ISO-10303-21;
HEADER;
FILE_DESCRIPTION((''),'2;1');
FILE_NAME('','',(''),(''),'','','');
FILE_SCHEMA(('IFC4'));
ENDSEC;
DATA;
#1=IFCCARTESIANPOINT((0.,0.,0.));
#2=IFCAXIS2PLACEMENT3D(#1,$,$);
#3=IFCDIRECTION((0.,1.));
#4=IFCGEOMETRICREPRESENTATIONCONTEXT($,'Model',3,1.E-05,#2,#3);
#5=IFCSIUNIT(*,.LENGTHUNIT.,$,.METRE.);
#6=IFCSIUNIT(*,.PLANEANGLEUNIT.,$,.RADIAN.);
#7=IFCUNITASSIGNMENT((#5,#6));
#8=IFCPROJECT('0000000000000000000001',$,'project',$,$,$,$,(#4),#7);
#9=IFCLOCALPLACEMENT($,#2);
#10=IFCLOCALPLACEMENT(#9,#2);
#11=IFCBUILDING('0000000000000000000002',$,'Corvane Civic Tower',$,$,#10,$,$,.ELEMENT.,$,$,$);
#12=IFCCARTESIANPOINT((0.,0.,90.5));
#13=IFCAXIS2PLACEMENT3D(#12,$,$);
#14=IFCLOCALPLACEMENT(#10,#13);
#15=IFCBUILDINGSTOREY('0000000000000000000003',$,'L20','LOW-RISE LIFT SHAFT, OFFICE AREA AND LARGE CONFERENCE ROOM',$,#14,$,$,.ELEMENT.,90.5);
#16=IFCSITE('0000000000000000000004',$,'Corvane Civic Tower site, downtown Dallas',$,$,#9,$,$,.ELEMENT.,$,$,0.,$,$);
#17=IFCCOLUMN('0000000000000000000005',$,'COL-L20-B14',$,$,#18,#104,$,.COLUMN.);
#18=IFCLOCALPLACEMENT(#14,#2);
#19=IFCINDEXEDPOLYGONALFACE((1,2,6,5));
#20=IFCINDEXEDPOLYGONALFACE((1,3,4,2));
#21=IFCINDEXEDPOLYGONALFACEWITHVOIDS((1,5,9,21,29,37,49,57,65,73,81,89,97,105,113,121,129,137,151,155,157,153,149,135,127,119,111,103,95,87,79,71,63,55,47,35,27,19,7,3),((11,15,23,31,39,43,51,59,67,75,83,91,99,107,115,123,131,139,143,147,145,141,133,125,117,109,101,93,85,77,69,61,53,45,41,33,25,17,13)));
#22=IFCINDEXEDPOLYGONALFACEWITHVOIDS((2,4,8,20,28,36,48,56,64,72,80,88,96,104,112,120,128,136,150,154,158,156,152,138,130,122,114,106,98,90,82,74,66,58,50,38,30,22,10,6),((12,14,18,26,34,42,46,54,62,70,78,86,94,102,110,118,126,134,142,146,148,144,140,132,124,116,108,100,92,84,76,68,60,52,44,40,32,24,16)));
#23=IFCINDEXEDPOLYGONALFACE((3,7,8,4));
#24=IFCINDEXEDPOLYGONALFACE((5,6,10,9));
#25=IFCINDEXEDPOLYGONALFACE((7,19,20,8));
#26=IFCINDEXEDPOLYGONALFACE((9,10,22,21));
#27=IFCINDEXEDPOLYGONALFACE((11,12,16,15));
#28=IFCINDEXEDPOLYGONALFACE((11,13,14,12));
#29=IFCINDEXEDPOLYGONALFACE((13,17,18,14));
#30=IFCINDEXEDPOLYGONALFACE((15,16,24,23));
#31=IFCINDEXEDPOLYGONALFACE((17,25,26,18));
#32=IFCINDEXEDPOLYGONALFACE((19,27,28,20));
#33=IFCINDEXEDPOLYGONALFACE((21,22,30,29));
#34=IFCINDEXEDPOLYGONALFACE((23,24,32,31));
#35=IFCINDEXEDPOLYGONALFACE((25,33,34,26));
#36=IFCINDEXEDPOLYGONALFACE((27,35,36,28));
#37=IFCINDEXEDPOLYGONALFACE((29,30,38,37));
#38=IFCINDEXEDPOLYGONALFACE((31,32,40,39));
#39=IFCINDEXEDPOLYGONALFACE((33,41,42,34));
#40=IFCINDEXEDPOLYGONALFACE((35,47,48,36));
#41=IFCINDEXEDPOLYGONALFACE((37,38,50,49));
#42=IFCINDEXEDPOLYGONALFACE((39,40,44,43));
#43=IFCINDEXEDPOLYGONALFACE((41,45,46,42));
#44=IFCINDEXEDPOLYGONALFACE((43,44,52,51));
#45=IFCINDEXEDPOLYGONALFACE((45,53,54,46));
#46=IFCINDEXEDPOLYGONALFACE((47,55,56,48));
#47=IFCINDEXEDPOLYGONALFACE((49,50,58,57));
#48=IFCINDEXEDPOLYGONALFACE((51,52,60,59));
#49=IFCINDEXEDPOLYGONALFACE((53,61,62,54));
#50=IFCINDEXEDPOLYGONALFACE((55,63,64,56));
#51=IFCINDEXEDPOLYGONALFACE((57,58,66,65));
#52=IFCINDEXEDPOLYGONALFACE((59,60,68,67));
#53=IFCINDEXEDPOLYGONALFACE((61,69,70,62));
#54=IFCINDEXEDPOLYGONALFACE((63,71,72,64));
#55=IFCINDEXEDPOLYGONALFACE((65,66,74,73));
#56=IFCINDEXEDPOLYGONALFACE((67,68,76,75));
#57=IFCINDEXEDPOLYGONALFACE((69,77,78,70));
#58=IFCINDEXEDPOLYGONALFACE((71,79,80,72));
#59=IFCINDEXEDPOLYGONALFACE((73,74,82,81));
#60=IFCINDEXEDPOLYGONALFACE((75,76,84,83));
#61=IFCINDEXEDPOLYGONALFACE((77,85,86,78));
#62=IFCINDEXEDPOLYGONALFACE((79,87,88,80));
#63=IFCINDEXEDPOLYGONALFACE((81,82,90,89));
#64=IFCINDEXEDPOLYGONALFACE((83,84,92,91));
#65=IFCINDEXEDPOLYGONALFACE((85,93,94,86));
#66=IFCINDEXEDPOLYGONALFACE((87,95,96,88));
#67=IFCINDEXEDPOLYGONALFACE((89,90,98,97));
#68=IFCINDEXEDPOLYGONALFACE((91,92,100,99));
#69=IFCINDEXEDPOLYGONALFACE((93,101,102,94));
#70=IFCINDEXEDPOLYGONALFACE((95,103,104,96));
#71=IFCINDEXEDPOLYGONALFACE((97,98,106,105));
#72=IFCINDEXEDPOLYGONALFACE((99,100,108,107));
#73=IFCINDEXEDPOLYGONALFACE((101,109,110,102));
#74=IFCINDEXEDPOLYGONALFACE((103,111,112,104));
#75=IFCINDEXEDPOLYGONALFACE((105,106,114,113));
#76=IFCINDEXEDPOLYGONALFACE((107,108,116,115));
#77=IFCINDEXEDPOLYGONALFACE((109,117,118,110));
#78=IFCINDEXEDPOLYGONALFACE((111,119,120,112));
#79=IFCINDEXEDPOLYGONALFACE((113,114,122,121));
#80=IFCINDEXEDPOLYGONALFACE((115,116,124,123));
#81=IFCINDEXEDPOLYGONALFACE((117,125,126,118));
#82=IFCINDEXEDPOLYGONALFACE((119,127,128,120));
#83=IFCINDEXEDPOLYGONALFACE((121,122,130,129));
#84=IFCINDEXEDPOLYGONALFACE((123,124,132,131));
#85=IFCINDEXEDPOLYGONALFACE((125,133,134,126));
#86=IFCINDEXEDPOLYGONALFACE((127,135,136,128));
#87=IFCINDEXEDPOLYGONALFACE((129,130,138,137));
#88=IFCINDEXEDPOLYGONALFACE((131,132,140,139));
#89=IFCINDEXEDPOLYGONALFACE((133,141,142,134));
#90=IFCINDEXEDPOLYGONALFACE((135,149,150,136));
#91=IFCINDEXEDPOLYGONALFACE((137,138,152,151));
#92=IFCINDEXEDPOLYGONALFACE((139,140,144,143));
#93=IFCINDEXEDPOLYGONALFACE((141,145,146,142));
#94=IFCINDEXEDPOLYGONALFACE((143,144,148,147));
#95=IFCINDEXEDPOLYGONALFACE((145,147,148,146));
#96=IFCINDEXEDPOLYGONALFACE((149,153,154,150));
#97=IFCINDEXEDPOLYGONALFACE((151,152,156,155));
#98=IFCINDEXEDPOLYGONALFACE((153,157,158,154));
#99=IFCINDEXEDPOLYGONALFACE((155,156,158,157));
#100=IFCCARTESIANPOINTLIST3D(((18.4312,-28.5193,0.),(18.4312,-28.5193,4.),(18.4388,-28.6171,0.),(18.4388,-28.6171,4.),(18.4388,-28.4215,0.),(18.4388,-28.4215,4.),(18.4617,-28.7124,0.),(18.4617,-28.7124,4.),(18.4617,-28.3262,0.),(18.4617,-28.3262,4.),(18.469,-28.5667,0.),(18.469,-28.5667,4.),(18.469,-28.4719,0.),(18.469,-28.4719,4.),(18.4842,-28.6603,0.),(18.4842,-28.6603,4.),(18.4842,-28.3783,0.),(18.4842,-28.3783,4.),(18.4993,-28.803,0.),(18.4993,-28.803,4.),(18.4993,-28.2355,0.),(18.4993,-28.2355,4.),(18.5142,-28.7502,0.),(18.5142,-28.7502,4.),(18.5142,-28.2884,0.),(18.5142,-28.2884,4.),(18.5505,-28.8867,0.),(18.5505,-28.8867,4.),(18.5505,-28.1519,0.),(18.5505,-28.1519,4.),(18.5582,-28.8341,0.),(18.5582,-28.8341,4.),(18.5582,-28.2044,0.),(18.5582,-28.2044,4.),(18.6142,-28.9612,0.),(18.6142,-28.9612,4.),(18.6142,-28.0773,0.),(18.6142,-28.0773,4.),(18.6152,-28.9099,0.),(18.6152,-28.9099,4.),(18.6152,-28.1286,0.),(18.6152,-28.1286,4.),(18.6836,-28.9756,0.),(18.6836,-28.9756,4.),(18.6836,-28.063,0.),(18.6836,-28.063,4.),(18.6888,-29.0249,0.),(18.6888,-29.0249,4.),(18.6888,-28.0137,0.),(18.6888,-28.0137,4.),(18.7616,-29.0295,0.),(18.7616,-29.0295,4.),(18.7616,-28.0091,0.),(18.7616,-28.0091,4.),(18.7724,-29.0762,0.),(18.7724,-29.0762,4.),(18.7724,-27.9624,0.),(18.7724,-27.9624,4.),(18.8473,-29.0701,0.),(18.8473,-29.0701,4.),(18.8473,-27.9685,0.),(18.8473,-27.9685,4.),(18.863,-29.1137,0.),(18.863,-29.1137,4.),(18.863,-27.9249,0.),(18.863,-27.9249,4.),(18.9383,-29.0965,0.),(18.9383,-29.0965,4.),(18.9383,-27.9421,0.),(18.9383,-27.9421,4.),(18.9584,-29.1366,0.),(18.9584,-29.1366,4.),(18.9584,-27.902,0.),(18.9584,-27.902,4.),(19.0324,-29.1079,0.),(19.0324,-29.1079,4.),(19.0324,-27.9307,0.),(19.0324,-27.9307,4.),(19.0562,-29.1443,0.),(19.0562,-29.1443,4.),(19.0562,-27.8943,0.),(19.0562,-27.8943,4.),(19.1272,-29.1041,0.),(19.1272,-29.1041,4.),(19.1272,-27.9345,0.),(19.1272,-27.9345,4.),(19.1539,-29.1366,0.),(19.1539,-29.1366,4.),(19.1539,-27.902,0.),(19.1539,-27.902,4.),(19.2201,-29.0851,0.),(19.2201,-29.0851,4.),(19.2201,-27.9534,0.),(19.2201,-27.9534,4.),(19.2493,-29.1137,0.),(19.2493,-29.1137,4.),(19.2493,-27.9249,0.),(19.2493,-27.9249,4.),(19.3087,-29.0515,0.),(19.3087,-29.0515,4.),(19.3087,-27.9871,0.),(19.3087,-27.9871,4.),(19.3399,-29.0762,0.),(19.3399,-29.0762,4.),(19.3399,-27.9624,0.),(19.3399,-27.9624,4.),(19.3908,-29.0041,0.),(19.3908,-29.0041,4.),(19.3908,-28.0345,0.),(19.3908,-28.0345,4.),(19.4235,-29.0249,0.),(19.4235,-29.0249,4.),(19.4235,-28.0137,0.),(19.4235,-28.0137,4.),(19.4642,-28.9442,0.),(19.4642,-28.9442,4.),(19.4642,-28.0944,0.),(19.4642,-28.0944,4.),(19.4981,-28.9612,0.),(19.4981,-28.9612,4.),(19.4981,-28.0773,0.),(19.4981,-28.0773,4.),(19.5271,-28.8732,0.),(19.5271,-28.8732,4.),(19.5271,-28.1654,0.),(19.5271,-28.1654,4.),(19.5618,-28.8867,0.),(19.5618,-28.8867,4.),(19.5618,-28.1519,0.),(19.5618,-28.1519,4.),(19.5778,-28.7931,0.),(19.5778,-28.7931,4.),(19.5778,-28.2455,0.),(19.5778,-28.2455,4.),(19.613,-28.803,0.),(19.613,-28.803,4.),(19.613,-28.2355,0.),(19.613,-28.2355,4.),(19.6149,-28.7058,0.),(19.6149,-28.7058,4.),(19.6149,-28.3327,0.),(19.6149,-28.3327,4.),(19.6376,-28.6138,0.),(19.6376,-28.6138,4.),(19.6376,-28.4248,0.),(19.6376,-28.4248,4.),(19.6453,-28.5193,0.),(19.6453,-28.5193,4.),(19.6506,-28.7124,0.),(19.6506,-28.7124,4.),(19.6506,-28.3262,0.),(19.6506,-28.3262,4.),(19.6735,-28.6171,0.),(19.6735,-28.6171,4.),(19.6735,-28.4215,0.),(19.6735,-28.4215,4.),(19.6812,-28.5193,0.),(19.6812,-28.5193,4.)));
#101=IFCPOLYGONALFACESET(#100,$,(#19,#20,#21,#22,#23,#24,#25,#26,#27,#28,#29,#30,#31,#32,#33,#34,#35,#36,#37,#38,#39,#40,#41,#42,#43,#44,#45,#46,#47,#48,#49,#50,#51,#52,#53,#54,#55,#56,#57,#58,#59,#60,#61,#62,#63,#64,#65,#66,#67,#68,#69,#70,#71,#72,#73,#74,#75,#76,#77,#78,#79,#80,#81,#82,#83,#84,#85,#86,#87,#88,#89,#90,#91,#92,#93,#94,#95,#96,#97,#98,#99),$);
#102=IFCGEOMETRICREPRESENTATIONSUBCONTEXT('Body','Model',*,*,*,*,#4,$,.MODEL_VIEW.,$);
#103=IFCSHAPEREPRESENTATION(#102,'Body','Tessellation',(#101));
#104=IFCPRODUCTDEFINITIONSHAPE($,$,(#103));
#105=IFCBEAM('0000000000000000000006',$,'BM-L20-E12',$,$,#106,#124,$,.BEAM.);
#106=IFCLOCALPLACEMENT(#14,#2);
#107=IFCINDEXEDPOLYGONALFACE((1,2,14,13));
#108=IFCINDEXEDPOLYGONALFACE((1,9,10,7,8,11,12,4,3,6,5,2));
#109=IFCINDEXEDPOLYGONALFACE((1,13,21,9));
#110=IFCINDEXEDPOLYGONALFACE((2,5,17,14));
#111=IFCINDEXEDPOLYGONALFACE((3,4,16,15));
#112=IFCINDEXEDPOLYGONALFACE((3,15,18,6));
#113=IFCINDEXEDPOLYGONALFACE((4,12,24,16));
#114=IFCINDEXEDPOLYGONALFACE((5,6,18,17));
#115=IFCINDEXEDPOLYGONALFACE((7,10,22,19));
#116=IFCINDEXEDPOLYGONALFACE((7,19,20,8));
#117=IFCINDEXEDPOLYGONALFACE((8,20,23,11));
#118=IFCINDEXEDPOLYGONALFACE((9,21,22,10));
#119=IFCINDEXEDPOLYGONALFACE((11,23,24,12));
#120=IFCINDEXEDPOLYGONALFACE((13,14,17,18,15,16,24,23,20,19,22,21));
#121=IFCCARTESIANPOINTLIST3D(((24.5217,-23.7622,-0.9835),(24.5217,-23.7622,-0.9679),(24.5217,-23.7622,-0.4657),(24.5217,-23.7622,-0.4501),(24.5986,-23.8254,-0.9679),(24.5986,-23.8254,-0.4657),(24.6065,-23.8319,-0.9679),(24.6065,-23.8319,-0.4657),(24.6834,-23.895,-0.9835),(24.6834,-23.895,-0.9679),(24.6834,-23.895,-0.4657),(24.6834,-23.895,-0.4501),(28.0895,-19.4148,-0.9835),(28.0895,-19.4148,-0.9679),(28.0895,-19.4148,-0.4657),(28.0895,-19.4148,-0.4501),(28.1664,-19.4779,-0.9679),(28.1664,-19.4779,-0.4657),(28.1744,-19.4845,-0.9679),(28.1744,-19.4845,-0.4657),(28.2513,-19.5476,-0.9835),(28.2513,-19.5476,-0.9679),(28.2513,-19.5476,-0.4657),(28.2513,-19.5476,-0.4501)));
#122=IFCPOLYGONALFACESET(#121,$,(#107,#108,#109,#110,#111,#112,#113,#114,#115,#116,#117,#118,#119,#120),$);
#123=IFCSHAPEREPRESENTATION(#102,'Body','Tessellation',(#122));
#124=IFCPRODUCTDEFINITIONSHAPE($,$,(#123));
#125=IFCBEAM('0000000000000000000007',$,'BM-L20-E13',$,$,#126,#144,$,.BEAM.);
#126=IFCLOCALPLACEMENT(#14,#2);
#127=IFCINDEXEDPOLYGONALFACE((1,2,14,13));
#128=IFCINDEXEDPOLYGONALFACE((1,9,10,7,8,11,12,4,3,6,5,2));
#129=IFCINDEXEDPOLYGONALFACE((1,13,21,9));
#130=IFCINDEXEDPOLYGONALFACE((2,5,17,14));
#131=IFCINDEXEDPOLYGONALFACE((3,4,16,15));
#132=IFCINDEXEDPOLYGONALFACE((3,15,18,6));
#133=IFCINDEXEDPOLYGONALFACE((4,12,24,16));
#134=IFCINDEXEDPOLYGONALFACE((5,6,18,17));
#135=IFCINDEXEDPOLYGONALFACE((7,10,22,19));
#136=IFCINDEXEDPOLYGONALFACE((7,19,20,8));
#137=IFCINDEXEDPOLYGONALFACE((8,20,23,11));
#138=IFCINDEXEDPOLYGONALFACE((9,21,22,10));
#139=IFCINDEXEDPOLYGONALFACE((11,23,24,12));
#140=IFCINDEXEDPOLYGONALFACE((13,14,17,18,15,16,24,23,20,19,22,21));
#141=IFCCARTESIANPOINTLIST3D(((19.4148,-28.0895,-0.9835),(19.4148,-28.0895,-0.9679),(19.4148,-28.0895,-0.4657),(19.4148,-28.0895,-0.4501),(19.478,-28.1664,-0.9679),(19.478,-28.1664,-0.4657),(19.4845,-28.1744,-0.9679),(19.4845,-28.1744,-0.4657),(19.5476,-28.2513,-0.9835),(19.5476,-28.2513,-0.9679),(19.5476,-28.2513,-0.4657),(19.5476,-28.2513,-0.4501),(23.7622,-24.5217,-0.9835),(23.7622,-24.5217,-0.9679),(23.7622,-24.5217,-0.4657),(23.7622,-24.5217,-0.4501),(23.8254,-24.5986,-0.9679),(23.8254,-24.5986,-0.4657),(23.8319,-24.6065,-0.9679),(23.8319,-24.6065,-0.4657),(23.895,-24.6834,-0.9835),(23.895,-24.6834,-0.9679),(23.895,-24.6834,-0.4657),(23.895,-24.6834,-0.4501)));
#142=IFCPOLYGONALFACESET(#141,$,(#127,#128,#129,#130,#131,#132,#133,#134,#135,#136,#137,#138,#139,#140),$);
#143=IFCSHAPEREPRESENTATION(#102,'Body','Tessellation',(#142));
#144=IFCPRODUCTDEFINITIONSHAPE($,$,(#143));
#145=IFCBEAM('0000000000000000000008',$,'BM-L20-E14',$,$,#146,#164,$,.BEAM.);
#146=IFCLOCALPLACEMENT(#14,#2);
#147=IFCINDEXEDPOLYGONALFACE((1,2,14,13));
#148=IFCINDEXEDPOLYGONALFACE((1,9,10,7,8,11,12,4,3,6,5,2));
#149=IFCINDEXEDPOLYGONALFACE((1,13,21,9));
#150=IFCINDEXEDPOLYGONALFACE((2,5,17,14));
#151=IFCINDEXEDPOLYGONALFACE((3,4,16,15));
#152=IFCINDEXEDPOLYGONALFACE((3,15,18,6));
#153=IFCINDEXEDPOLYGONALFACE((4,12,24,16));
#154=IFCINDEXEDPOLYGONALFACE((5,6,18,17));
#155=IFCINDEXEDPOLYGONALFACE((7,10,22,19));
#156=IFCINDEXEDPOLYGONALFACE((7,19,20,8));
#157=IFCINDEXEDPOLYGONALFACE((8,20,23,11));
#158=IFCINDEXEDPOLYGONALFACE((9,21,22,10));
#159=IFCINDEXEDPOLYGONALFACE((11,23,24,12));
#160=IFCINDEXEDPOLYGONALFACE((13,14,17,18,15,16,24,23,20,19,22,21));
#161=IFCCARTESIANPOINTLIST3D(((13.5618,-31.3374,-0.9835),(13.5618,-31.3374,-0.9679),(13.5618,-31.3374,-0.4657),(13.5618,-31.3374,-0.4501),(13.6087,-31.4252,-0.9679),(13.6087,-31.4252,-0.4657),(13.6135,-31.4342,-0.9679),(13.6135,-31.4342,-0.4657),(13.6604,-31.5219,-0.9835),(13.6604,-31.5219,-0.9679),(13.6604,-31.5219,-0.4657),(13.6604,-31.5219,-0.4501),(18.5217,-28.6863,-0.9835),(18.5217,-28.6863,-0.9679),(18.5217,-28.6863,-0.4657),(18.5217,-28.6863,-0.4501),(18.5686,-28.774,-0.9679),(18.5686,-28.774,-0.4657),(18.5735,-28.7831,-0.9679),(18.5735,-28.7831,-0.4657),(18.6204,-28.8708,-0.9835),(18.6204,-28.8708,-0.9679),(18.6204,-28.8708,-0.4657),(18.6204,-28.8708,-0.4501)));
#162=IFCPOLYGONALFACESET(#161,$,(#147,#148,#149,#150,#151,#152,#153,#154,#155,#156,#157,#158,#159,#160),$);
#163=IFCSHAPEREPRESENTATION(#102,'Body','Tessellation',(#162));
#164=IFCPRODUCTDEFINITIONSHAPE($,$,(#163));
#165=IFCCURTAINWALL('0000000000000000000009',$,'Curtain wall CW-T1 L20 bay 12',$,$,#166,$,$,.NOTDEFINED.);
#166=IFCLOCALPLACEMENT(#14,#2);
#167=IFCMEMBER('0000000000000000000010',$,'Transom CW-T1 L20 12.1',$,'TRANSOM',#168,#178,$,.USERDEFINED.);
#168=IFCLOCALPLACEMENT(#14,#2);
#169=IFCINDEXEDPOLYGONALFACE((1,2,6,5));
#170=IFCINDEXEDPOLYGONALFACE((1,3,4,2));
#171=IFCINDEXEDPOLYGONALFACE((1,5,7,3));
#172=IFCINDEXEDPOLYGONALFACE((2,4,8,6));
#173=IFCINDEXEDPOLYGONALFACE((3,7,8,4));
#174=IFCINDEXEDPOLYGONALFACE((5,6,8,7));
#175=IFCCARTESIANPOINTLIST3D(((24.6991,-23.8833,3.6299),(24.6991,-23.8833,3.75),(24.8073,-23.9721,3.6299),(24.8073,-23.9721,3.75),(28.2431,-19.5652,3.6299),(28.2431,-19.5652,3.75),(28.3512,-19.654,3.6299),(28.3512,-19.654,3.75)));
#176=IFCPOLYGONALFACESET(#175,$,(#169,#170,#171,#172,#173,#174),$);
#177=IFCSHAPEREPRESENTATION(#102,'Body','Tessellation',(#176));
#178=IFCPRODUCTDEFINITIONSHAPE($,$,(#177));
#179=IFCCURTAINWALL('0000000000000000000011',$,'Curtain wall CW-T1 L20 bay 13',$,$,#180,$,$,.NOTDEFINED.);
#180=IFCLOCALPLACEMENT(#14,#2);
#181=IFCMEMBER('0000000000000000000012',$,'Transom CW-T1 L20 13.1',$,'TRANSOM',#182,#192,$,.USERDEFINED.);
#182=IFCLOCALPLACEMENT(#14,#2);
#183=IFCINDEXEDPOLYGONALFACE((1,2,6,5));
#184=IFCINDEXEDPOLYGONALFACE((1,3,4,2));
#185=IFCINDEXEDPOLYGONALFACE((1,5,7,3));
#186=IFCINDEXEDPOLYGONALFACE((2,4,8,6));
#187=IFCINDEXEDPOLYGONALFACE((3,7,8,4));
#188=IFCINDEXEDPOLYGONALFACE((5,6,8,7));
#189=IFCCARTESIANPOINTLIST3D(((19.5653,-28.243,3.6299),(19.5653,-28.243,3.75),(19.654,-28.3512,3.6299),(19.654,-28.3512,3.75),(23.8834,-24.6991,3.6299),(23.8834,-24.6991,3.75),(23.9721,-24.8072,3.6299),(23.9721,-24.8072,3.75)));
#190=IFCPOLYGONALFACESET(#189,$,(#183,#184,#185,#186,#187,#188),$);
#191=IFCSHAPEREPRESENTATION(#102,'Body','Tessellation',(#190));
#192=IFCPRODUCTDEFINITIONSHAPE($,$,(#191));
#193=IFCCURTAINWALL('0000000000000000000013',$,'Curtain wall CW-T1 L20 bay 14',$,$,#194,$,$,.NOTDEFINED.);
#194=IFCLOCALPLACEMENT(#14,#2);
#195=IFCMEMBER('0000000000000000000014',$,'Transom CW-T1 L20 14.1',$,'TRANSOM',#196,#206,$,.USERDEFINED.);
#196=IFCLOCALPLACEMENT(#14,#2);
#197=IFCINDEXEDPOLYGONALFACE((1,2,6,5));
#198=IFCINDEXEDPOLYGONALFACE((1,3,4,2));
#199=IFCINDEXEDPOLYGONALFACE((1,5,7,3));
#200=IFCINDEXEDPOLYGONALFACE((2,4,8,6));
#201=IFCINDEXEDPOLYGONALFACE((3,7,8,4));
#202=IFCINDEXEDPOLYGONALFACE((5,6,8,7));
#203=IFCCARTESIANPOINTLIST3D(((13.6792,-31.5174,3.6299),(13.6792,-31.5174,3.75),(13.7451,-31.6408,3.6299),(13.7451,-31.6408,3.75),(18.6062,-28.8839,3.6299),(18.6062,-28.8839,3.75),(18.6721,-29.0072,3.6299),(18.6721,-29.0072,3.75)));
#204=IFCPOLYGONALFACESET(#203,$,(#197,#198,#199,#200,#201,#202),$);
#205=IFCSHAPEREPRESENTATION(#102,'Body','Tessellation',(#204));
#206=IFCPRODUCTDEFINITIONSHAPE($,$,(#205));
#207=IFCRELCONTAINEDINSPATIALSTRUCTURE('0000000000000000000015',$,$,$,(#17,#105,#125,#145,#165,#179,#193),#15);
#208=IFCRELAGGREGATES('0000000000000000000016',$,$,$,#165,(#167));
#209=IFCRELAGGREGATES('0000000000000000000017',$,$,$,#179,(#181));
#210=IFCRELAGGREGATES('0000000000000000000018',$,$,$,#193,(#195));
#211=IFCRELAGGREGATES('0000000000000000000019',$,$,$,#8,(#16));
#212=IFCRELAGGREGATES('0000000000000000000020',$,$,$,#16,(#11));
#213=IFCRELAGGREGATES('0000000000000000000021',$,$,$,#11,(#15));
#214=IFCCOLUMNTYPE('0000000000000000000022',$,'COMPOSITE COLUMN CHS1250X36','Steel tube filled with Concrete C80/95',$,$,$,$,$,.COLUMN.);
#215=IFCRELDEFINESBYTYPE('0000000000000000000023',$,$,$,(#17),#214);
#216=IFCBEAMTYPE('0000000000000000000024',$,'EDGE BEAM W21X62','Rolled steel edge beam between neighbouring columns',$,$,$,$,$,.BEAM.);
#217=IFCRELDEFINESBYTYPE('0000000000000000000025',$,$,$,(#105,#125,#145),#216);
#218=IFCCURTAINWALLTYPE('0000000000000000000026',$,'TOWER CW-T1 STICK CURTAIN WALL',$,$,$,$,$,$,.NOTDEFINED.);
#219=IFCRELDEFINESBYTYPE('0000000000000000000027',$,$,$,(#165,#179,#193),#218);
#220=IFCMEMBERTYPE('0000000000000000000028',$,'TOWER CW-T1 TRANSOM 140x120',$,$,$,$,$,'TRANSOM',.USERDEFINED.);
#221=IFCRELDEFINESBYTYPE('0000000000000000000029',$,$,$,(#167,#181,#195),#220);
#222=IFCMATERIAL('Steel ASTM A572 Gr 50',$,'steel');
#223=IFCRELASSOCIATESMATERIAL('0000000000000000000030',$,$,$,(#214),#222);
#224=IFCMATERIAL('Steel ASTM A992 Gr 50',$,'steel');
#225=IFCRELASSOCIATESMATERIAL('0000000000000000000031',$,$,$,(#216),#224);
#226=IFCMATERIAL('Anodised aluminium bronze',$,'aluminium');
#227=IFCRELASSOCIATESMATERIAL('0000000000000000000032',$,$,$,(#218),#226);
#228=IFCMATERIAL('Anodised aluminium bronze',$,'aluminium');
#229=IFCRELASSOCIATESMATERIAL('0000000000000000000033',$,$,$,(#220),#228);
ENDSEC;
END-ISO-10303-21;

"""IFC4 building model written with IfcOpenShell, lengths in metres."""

from ifc_helpers import new_model, si_unit, direction, frame, origin, origin_2d, place, context, subcontext, project, spatial, rectangle, hollow_circle, i_section, extrude, material, material_profile, profile_set, type_object, element, aggregate, save


model = new_model("IFC4")

# Units and contexts
model_context = context("Model", 3, precision=1e-05, world=origin(), true_north=direction((0.0, 1.0)))
body_context = subcontext(model_context, "Body", "Model", "MODEL_VIEW")
ifc_project = project(units=[si_unit("LENGTHUNIT", "METRE"), si_unit("PLANEANGLEUNIT", "RADIAN")], contexts=[model_context])

# Site, building, storey
site_placement = place(None, origin())
site = spatial("IfcSite", under=ifc_project, at=site_placement, Name="Corvane Civic Tower site, downtown Dallas", CompositionType="ELEMENT", RefElevation=0.0)
building_placement = place(site_placement, origin())
building = spatial("IfcBuilding", under=site, at=building_placement, Name="Corvane Civic Tower", CompositionType="ELEMENT")
storey_placement = place(building_placement, frame((0.0, 0.0, 90.5)))
storey = spatial("IfcBuildingStorey", under=building, at=storey_placement, Name="L20", Description="LOW-RISE LIFT SHAFT, OFFICE AREA AND LARGE CONFERENCE ROOM", CompositionType="ELEMENT", Elevation=90.5)

# Column
ifc_material_1 = material(Name="Steel ASTM A572 Gr 50", Category="steel")
ifc_material_profile_1 = material_profile(ifc_material_1, hollow_circle(Radius=0.625, WallThickness=0.0359, at=origin_2d()), Name="CHS1250X36")
ifc_profile_set_1 = profile_set([ifc_material_profile_1], Name="Steel ASTM A572 Gr 50")
column_type = type_object("IfcColumnType", Name="COMPOSITE COLUMN CHS1250X36", Description="Steel tube filled with Concrete C80/95", PredefinedType="COLUMN", material=ifc_profile_set_1)
for number, where, z_axis, x_axis, name in (
    (1, (19.0562, -28.5193, 0.0), (0.0, 0.0, 1.0), (1.0, 0.0, 0.0), "COL-L20-B14"),
):
    element("IfcColumn", number, at=place(storey_placement, frame(where, z_axis=z_axis, x_axis=x_axis)), inside=storey, type_object=column_type, Name=name, PredefinedType="COLUMN", context=body_context, shape_type="SweptSolid", body=[
        extrude(hollow_circle(Radius=0.625, WallThickness=0.0359, at=origin_2d()), origin(), (0.0, 0.0, 1.0), 4.0),
    ])

# Beams
ifc_material_2 = material(Name="Steel ASTM A992 Gr 50", Category="steel")
ifc_material_profile_2 = material_profile(ifc_material_2, i_section(OverallWidth=0.2092, OverallDepth=0.5334, WebThickness=0.0103, FlangeThickness=0.0156, at=origin_2d()), Name="W21X62")
ifc_profile_set_2 = profile_set([ifc_material_profile_2], Name="Steel ASTM A992 Gr 50")
beam_type = type_object("IfcBeamType", Name="EDGE BEAM W21X62", Description="Rolled steel edge beam between neighbouring columns", PredefinedType="BEAM", material=ifc_profile_set_2)
for number, where, z_axis, x_axis, name in (
    (2, (28.1704, -19.4812, -0.7168), (-0.634398, -0.773007, 0.0), (0.773007, -0.634398, 0.0), "BM-L20-E12"),
    (3, (23.8286, -24.6025, -0.7168), (-0.773007, -0.634398, 0.0), (0.634398, -0.773007, 0.0), "BM-L20-E13"),
    (4, (18.571, -28.7786, -0.7168), (-0.881924, -0.471392, 0.0), (0.471392, -0.881924, 0.0), "BM-L20-E14"),
):
    element("IfcBeam", number, at=place(storey_placement, frame(where, z_axis=z_axis, x_axis=x_axis)), inside=storey, type_object=beam_type, Name=name, PredefinedType="BEAM", context=body_context, shape_type="SweptSolid", body=[
        extrude(i_section(OverallWidth=0.2092, OverallDepth=0.5334, WebThickness=0.0103, FlangeThickness=0.0156, at=origin_2d()), origin(), (0.0, 0.0, 1.0), 5.624),
    ])

# Curtain walls, members
ifc_material_3 = material(Name="Anodised aluminium bronze", Category="aluminium")
curtain_wall_type = type_object("IfcCurtainWallType", Name="TOWER CW-T1 STICK CURTAIN WALL", PredefinedType="NOTDEFINED", material=ifc_material_3)
curtain_wall_1_placement = place(storey_placement, origin())
curtain_wall_1 = element("IfcCurtainWall", 5, at=curtain_wall_1_placement, inside=storey, type_object=curtain_wall_type, Name="Curtain wall CW-T1 L20 bay 12", PredefinedType="NOTDEFINED")
ifc_material_4 = material(Name="Anodised aluminium bronze", Category="aluminium")
ifc_material_profile_3 = material_profile(ifc_material_4, rectangle(XDim=0.1399, YDim=0.1201, at=origin_2d()), Name="TOWER CW-T1 TRANSOM 140x120")
ifc_profile_set_3 = profile_set([ifc_material_profile_3], Name="Anodised aluminium bronze")
member_type = type_object("IfcMemberType", Name="TOWER CW-T1 TRANSOM 140x120", ElementType="TRANSOM", PredefinedType="USERDEFINED", material=ifc_profile_set_3)
member_1_placement = place(storey_placement, frame((28.2971, -19.6096, 3.6899), z_axis=(-0.63441, -0.772996, 0.0), x_axis=(0.772996, -0.63441, 0.0)))
member_1 = element("IfcMember", 6, at=member_1_placement, type_object=member_type, Name="Transom CW-T1 L20 12.1", ObjectType="TRANSOM", PredefinedType="USERDEFINED", context=body_context, shape_type="SweptSolid", body=[
    extrude(rectangle(XDim=0.1399, YDim=0.1201, at=origin_2d()), origin(), (0.0, 0.0, 1.0), 5.5862),
])
curtain_wall_2_placement = place(storey_placement, origin())
curtain_wall_2 = element("IfcCurtainWall", 7, at=curtain_wall_2_placement, inside=storey, type_object=curtain_wall_type, Name="Curtain wall CW-T1 L20 bay 13", PredefinedType="NOTDEFINED")
member_2_placement = place(storey_placement, frame((23.9277, -24.7532, 3.6899), z_axis=(-0.772996, -0.63441, 0.0), x_axis=(0.63441, -0.772996, 0.0)))
member_2 = element("IfcMember", 8, at=member_2_placement, type_object=member_type, Name="Transom CW-T1 L20 13.1", ObjectType="TRANSOM", PredefinedType="USERDEFINED", context=body_context, shape_type="SweptSolid", body=[
    extrude(rectangle(XDim=0.1399, YDim=0.1201, at=origin_2d()), origin(), (0.0, 0.0, 1.0), 5.5862),
])
curtain_wall_3_placement = place(storey_placement, origin())
curtain_wall_3 = element("IfcCurtainWall", 9, at=curtain_wall_3_placement, inside=storey, type_object=curtain_wall_type, Name="Curtain wall CW-T1 L20 bay 14", PredefinedType="NOTDEFINED")
member_3_placement = place(storey_placement, frame((18.6392, -28.9456, 3.6899), z_axis=(-0.881921, -0.471398, 0.0), x_axis=(0.471398, -0.881921, 0.0)))
member_3 = element("IfcMember", 10, at=member_3_placement, type_object=member_type, Name="Transom CW-T1 L20 14.1", ObjectType="TRANSOM", PredefinedType="USERDEFINED", context=body_context, shape_type="SweptSolid", body=[
    extrude(rectangle(XDim=0.1399, YDim=0.1201, at=origin_2d()), origin(), (0.0, 0.0, 1.0), 5.5867),
])

aggregate(curtain_wall_1, [member_1])
aggregate(curtain_wall_2, [member_2])
aggregate(curtain_wall_3, [member_3])

save(model, "model.ifc")
